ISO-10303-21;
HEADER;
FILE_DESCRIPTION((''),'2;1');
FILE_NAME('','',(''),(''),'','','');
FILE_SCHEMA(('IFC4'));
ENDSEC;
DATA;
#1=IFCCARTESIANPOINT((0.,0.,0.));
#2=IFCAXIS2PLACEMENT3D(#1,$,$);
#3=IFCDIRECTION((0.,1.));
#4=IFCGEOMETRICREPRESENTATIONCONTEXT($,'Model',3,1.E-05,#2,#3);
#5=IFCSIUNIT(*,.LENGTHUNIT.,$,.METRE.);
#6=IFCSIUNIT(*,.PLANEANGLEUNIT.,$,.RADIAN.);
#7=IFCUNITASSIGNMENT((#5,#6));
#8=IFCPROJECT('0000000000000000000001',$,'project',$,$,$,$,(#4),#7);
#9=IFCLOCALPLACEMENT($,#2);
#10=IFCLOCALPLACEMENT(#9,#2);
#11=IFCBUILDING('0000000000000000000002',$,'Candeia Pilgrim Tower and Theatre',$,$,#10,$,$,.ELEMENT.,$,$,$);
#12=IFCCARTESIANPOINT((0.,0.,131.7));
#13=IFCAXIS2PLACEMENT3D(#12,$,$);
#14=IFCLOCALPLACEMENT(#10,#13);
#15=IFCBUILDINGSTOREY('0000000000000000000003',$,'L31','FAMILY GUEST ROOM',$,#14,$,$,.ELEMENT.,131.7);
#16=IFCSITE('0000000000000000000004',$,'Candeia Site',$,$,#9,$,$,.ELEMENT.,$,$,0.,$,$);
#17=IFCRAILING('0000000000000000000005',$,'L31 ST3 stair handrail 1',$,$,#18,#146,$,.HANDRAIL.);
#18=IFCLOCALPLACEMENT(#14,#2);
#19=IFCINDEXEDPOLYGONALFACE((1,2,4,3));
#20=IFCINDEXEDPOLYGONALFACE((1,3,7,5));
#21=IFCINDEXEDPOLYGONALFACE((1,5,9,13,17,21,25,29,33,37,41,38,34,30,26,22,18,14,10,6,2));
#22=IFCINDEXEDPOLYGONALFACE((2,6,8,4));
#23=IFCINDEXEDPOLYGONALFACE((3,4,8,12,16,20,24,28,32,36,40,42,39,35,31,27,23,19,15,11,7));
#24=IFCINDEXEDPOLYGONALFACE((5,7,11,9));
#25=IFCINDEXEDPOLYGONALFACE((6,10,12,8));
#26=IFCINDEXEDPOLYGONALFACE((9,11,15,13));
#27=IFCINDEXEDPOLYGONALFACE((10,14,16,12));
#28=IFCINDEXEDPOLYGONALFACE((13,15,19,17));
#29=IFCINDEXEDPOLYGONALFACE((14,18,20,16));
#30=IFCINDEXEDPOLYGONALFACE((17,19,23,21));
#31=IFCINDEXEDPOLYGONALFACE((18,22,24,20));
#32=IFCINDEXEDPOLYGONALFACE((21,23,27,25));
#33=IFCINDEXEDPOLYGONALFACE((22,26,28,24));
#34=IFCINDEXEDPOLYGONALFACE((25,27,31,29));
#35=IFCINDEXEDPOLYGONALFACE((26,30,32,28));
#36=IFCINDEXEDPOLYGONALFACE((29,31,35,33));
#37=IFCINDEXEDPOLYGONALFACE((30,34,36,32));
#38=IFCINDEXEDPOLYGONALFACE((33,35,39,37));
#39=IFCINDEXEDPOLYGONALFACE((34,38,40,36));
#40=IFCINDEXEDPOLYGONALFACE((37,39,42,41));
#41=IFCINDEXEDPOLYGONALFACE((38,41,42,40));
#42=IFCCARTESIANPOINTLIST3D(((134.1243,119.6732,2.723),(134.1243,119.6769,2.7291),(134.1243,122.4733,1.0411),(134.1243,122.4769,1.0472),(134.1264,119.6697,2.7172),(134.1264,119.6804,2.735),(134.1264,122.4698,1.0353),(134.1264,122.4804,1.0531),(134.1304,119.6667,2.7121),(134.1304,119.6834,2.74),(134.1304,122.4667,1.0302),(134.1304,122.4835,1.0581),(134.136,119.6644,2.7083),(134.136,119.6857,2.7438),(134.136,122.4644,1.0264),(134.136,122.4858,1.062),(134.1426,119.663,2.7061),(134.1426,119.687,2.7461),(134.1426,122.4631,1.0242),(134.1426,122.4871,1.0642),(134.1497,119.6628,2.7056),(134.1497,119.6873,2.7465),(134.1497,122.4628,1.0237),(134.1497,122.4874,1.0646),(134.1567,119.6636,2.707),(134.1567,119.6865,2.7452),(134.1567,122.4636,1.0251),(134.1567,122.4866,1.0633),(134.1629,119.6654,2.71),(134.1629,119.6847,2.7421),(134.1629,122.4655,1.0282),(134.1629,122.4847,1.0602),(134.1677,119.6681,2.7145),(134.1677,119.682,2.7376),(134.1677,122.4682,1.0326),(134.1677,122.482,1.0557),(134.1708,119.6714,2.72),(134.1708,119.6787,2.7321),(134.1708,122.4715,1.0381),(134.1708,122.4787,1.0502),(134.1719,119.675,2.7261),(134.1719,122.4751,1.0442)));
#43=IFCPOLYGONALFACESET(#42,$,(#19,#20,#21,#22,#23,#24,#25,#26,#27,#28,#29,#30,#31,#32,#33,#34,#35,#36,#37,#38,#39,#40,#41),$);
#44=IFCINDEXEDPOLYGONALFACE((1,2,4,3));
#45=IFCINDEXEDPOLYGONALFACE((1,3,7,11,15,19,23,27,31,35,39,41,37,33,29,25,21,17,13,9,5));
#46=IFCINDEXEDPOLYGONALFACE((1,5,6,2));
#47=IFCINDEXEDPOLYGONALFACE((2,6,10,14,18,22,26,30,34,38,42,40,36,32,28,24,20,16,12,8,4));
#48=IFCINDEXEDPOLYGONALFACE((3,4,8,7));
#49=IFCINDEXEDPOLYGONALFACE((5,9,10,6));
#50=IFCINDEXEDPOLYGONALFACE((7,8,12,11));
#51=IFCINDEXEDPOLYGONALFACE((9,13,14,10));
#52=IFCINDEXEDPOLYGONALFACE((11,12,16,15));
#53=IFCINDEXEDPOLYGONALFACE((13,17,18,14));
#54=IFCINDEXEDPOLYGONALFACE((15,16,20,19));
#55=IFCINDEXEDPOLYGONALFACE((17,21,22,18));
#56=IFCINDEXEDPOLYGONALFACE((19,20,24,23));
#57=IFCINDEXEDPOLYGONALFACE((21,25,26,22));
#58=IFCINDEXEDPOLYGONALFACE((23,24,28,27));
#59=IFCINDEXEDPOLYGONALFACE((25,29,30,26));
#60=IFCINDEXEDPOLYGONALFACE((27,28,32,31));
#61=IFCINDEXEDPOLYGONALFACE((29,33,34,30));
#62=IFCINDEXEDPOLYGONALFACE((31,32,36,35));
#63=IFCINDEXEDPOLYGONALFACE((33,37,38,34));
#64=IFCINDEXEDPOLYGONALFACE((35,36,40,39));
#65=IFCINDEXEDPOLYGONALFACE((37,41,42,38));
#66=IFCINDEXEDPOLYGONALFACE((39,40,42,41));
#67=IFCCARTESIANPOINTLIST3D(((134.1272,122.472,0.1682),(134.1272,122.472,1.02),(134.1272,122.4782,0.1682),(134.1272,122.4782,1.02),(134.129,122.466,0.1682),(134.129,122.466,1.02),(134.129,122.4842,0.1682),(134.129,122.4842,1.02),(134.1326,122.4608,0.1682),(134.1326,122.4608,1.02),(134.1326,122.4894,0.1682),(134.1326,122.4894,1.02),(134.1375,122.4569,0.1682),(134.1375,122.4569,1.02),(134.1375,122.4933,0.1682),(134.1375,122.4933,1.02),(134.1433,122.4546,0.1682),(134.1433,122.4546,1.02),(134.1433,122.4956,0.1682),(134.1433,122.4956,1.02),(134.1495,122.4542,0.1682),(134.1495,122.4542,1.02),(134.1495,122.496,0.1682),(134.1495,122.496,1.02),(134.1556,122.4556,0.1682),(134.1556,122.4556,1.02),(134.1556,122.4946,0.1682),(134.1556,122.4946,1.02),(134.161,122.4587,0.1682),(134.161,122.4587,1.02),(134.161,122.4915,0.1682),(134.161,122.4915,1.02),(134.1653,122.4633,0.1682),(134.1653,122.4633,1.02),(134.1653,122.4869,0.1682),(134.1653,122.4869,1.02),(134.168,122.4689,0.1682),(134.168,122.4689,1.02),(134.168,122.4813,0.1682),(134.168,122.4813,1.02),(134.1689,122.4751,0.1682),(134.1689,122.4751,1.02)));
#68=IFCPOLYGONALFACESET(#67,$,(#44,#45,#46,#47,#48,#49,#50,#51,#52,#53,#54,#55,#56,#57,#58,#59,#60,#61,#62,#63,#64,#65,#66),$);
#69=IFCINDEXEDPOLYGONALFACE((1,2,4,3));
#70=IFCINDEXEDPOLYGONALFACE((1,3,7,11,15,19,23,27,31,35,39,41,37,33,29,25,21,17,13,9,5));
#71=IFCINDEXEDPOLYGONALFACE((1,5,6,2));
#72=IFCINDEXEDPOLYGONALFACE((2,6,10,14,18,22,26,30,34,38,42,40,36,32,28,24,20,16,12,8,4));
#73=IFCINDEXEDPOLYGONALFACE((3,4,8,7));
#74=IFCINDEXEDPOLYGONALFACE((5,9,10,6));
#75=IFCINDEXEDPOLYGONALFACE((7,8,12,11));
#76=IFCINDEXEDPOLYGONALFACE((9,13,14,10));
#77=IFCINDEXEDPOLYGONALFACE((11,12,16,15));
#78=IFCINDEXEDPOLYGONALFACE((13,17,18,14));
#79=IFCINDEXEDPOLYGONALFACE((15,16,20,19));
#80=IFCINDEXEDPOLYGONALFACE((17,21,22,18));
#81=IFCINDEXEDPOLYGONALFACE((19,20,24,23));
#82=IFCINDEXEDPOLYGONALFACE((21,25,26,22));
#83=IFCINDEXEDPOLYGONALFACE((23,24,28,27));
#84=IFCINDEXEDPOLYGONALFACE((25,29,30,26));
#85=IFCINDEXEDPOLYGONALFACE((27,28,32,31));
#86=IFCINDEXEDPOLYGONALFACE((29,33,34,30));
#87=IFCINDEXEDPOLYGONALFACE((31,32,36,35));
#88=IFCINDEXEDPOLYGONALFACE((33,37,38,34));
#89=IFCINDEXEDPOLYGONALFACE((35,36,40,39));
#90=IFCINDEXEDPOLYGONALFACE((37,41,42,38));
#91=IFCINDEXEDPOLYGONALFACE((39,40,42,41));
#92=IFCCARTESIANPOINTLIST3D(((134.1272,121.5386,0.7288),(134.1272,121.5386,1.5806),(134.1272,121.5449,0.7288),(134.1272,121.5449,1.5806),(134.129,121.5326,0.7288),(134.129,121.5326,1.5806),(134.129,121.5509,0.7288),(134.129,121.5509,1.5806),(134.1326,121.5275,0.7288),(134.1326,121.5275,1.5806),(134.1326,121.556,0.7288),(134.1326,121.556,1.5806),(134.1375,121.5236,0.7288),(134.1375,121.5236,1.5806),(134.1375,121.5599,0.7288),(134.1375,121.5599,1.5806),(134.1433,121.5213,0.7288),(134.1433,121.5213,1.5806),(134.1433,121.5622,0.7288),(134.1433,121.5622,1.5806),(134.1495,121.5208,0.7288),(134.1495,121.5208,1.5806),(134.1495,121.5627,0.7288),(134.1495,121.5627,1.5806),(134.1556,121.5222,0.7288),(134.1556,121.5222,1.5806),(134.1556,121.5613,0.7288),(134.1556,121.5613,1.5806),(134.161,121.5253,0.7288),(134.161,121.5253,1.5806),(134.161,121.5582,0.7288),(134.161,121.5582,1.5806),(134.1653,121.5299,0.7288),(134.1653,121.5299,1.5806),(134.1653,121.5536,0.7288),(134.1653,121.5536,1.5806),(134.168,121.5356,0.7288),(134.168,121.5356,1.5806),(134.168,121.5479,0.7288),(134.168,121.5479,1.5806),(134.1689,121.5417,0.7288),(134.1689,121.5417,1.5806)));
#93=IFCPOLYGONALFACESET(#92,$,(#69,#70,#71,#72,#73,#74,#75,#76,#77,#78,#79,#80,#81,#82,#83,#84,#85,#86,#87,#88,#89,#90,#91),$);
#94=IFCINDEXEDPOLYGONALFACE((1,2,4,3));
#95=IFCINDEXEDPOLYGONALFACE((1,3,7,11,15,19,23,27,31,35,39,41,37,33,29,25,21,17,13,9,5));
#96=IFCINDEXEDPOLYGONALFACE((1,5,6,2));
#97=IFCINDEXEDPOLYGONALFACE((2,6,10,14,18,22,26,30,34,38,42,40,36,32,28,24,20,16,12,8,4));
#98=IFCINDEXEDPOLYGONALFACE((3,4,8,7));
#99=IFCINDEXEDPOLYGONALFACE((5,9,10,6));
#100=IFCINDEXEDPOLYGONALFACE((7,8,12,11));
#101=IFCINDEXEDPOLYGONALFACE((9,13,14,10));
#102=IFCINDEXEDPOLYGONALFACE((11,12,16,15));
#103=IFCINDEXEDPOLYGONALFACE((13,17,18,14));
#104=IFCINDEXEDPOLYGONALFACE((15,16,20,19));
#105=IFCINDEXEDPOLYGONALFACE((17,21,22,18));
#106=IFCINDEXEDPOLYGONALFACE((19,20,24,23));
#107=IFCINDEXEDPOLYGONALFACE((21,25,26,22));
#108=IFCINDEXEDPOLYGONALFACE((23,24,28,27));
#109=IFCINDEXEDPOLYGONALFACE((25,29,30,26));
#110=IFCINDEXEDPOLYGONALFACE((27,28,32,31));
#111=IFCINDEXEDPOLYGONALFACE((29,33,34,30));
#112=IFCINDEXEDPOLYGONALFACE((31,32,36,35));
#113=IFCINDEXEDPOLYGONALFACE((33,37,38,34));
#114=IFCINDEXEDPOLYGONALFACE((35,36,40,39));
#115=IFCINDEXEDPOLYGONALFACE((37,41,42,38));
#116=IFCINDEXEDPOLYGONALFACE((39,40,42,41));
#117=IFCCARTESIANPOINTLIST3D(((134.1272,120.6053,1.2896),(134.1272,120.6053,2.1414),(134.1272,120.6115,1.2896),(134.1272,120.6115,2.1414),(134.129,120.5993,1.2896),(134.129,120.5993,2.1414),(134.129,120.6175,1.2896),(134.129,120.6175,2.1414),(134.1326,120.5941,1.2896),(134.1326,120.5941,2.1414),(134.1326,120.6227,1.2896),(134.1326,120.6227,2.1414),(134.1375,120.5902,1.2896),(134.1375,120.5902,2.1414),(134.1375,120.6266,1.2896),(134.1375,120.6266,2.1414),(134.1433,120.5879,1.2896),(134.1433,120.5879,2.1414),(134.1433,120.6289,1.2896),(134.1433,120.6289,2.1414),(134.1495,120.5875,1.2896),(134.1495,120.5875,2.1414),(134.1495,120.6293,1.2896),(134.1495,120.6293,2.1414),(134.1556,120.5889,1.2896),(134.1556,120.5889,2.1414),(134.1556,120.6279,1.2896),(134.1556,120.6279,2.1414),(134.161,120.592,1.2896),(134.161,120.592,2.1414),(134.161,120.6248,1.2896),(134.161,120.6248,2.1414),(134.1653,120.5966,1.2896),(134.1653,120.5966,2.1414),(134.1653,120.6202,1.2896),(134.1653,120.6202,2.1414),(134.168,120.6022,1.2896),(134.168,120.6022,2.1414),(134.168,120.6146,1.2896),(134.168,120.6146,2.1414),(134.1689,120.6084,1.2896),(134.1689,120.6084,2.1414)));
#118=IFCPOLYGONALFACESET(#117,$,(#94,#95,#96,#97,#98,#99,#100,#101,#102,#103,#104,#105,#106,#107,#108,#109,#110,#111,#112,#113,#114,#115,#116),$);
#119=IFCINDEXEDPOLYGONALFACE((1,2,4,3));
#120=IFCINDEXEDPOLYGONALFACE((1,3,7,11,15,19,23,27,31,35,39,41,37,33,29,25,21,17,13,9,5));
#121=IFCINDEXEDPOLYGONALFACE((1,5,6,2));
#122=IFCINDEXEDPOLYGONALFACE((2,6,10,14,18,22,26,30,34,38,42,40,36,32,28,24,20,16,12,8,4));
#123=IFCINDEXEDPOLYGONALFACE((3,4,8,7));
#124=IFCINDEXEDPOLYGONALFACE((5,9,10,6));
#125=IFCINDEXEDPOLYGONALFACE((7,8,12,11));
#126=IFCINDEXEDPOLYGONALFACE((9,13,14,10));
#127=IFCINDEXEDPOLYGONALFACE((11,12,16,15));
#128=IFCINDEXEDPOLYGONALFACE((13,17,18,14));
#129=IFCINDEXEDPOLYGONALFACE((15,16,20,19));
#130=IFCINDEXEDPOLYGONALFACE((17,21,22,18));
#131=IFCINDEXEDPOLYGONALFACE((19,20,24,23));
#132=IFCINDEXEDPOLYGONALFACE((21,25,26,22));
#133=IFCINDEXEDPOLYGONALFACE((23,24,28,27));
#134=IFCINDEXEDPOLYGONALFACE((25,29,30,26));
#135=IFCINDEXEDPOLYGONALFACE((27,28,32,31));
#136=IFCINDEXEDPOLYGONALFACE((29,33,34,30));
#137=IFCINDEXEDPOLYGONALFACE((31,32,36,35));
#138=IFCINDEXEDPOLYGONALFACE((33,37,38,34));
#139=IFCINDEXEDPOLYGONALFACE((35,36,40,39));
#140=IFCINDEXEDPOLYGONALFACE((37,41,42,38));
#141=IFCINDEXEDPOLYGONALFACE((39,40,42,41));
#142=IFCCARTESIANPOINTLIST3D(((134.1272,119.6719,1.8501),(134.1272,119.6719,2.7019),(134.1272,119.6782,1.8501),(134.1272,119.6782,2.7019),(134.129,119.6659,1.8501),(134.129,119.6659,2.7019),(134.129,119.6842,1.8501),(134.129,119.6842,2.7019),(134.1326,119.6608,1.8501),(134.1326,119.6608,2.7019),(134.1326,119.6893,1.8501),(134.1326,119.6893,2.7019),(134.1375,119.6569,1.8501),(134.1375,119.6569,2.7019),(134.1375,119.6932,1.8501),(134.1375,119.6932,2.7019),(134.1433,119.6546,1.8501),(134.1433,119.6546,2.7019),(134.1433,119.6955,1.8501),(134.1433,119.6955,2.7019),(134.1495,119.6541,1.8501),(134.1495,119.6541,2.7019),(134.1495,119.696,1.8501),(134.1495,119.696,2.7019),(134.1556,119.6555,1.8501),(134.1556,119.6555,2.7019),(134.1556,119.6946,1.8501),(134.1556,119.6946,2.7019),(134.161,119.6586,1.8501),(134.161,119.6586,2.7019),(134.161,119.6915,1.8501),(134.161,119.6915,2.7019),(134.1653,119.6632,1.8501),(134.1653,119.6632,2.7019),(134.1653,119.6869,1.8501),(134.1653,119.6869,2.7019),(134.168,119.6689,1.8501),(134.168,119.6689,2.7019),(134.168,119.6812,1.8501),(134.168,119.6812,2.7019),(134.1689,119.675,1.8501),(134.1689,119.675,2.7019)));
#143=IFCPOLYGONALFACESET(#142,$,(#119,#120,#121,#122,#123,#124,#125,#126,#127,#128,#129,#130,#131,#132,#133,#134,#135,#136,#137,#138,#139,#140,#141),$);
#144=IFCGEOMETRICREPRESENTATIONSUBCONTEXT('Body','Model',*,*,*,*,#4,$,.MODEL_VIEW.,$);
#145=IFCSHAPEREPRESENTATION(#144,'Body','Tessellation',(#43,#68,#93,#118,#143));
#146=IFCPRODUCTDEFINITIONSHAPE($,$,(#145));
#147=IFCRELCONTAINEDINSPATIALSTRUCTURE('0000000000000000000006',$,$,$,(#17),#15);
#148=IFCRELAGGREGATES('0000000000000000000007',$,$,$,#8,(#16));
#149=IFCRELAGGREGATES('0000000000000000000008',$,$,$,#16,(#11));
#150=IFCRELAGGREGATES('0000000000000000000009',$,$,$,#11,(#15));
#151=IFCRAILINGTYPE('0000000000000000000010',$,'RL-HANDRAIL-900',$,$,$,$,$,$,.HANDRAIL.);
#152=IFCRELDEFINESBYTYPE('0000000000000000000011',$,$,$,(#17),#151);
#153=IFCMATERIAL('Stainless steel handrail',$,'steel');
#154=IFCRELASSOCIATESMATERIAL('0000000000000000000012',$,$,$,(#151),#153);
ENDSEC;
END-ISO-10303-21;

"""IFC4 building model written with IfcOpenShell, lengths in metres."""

from ifc_helpers import new_model, si_unit, direction, frame, origin, origin_2d, place, context, subcontext, project, spatial, circle, extrude, material, type_object, element, save


model = new_model("IFC4")

# Units and contexts
model_context = context("Model", 3, precision=1e-05, world=origin(), true_north=direction((0.0, 1.0)))
body_context = subcontext(model_context, "Body", "Model", "MODEL_VIEW")
ifc_project = project(units=[si_unit("LENGTHUNIT", "METRE"), si_unit("PLANEANGLEUNIT", "RADIAN")], contexts=[model_context])

# Site, building, storey
site_placement = place(None, origin())
site = spatial("IfcSite", under=ifc_project, at=site_placement, Name="Candeia Site", CompositionType="ELEMENT", RefElevation=0.0)
building_placement = place(site_placement, origin())
building = spatial("IfcBuilding", under=site, at=building_placement, Name="Candeia Pilgrim Tower and Theatre", CompositionType="ELEMENT")
storey_placement = place(building_placement, frame((0.0, 0.0, 131.7)))
storey = spatial("IfcBuildingStorey", under=building, at=storey_placement, Name="L31", Description="FAMILY GUEST ROOM", CompositionType="ELEMENT", Elevation=131.7)

# Railing
ifc_material_1 = material(Name="Stainless steel handrail", Category="steel")
railing_type_1 = type_object("IfcRailingType", Name="RL-HANDRAIL-900", PredefinedType="HANDRAIL", material=ifc_material_1)
railing_1_placement = place(storey_placement, frame((134.1479, 122.4751, 0.1682)))
element("IfcRailing", 1, at=railing_1_placement, inside=storey, type_object=railing_type_1, Name="L31 ST3 stair handrail 1", PredefinedType="HANDRAIL", context=body_context, shape_type="SweptSolid", body=[
    extrude(circle(Radius=0.0239, at=origin_2d()), frame((0.0, 0.0, 0.876), z_axis=(0.0, -0.857242, 0.514913), x_axis=(1.0, 0.0, 0.0)), (0.0, 0.0, 1.0), 3.2664),
    extrude(circle(Radius=0.021, at=origin_2d()), origin(), (0.0, 0.0, 1.0), 0.8518),
    extrude(circle(Radius=0.021, at=origin_2d()), frame((0.0, -0.9333, 0.5605)), (0.0, 0.0, 1.0), 0.8518),
    extrude(circle(Radius=0.021, at=origin_2d()), frame((0.0, -1.8667, 1.1213)), (0.0, 0.0, 1.0), 0.8518),
    extrude(circle(Radius=0.021, at=origin_2d()), frame((0.0, -2.8, 1.6819)), (0.0, 0.0, 1.0), 0.8518),
])

save(model, "model.ifc")
